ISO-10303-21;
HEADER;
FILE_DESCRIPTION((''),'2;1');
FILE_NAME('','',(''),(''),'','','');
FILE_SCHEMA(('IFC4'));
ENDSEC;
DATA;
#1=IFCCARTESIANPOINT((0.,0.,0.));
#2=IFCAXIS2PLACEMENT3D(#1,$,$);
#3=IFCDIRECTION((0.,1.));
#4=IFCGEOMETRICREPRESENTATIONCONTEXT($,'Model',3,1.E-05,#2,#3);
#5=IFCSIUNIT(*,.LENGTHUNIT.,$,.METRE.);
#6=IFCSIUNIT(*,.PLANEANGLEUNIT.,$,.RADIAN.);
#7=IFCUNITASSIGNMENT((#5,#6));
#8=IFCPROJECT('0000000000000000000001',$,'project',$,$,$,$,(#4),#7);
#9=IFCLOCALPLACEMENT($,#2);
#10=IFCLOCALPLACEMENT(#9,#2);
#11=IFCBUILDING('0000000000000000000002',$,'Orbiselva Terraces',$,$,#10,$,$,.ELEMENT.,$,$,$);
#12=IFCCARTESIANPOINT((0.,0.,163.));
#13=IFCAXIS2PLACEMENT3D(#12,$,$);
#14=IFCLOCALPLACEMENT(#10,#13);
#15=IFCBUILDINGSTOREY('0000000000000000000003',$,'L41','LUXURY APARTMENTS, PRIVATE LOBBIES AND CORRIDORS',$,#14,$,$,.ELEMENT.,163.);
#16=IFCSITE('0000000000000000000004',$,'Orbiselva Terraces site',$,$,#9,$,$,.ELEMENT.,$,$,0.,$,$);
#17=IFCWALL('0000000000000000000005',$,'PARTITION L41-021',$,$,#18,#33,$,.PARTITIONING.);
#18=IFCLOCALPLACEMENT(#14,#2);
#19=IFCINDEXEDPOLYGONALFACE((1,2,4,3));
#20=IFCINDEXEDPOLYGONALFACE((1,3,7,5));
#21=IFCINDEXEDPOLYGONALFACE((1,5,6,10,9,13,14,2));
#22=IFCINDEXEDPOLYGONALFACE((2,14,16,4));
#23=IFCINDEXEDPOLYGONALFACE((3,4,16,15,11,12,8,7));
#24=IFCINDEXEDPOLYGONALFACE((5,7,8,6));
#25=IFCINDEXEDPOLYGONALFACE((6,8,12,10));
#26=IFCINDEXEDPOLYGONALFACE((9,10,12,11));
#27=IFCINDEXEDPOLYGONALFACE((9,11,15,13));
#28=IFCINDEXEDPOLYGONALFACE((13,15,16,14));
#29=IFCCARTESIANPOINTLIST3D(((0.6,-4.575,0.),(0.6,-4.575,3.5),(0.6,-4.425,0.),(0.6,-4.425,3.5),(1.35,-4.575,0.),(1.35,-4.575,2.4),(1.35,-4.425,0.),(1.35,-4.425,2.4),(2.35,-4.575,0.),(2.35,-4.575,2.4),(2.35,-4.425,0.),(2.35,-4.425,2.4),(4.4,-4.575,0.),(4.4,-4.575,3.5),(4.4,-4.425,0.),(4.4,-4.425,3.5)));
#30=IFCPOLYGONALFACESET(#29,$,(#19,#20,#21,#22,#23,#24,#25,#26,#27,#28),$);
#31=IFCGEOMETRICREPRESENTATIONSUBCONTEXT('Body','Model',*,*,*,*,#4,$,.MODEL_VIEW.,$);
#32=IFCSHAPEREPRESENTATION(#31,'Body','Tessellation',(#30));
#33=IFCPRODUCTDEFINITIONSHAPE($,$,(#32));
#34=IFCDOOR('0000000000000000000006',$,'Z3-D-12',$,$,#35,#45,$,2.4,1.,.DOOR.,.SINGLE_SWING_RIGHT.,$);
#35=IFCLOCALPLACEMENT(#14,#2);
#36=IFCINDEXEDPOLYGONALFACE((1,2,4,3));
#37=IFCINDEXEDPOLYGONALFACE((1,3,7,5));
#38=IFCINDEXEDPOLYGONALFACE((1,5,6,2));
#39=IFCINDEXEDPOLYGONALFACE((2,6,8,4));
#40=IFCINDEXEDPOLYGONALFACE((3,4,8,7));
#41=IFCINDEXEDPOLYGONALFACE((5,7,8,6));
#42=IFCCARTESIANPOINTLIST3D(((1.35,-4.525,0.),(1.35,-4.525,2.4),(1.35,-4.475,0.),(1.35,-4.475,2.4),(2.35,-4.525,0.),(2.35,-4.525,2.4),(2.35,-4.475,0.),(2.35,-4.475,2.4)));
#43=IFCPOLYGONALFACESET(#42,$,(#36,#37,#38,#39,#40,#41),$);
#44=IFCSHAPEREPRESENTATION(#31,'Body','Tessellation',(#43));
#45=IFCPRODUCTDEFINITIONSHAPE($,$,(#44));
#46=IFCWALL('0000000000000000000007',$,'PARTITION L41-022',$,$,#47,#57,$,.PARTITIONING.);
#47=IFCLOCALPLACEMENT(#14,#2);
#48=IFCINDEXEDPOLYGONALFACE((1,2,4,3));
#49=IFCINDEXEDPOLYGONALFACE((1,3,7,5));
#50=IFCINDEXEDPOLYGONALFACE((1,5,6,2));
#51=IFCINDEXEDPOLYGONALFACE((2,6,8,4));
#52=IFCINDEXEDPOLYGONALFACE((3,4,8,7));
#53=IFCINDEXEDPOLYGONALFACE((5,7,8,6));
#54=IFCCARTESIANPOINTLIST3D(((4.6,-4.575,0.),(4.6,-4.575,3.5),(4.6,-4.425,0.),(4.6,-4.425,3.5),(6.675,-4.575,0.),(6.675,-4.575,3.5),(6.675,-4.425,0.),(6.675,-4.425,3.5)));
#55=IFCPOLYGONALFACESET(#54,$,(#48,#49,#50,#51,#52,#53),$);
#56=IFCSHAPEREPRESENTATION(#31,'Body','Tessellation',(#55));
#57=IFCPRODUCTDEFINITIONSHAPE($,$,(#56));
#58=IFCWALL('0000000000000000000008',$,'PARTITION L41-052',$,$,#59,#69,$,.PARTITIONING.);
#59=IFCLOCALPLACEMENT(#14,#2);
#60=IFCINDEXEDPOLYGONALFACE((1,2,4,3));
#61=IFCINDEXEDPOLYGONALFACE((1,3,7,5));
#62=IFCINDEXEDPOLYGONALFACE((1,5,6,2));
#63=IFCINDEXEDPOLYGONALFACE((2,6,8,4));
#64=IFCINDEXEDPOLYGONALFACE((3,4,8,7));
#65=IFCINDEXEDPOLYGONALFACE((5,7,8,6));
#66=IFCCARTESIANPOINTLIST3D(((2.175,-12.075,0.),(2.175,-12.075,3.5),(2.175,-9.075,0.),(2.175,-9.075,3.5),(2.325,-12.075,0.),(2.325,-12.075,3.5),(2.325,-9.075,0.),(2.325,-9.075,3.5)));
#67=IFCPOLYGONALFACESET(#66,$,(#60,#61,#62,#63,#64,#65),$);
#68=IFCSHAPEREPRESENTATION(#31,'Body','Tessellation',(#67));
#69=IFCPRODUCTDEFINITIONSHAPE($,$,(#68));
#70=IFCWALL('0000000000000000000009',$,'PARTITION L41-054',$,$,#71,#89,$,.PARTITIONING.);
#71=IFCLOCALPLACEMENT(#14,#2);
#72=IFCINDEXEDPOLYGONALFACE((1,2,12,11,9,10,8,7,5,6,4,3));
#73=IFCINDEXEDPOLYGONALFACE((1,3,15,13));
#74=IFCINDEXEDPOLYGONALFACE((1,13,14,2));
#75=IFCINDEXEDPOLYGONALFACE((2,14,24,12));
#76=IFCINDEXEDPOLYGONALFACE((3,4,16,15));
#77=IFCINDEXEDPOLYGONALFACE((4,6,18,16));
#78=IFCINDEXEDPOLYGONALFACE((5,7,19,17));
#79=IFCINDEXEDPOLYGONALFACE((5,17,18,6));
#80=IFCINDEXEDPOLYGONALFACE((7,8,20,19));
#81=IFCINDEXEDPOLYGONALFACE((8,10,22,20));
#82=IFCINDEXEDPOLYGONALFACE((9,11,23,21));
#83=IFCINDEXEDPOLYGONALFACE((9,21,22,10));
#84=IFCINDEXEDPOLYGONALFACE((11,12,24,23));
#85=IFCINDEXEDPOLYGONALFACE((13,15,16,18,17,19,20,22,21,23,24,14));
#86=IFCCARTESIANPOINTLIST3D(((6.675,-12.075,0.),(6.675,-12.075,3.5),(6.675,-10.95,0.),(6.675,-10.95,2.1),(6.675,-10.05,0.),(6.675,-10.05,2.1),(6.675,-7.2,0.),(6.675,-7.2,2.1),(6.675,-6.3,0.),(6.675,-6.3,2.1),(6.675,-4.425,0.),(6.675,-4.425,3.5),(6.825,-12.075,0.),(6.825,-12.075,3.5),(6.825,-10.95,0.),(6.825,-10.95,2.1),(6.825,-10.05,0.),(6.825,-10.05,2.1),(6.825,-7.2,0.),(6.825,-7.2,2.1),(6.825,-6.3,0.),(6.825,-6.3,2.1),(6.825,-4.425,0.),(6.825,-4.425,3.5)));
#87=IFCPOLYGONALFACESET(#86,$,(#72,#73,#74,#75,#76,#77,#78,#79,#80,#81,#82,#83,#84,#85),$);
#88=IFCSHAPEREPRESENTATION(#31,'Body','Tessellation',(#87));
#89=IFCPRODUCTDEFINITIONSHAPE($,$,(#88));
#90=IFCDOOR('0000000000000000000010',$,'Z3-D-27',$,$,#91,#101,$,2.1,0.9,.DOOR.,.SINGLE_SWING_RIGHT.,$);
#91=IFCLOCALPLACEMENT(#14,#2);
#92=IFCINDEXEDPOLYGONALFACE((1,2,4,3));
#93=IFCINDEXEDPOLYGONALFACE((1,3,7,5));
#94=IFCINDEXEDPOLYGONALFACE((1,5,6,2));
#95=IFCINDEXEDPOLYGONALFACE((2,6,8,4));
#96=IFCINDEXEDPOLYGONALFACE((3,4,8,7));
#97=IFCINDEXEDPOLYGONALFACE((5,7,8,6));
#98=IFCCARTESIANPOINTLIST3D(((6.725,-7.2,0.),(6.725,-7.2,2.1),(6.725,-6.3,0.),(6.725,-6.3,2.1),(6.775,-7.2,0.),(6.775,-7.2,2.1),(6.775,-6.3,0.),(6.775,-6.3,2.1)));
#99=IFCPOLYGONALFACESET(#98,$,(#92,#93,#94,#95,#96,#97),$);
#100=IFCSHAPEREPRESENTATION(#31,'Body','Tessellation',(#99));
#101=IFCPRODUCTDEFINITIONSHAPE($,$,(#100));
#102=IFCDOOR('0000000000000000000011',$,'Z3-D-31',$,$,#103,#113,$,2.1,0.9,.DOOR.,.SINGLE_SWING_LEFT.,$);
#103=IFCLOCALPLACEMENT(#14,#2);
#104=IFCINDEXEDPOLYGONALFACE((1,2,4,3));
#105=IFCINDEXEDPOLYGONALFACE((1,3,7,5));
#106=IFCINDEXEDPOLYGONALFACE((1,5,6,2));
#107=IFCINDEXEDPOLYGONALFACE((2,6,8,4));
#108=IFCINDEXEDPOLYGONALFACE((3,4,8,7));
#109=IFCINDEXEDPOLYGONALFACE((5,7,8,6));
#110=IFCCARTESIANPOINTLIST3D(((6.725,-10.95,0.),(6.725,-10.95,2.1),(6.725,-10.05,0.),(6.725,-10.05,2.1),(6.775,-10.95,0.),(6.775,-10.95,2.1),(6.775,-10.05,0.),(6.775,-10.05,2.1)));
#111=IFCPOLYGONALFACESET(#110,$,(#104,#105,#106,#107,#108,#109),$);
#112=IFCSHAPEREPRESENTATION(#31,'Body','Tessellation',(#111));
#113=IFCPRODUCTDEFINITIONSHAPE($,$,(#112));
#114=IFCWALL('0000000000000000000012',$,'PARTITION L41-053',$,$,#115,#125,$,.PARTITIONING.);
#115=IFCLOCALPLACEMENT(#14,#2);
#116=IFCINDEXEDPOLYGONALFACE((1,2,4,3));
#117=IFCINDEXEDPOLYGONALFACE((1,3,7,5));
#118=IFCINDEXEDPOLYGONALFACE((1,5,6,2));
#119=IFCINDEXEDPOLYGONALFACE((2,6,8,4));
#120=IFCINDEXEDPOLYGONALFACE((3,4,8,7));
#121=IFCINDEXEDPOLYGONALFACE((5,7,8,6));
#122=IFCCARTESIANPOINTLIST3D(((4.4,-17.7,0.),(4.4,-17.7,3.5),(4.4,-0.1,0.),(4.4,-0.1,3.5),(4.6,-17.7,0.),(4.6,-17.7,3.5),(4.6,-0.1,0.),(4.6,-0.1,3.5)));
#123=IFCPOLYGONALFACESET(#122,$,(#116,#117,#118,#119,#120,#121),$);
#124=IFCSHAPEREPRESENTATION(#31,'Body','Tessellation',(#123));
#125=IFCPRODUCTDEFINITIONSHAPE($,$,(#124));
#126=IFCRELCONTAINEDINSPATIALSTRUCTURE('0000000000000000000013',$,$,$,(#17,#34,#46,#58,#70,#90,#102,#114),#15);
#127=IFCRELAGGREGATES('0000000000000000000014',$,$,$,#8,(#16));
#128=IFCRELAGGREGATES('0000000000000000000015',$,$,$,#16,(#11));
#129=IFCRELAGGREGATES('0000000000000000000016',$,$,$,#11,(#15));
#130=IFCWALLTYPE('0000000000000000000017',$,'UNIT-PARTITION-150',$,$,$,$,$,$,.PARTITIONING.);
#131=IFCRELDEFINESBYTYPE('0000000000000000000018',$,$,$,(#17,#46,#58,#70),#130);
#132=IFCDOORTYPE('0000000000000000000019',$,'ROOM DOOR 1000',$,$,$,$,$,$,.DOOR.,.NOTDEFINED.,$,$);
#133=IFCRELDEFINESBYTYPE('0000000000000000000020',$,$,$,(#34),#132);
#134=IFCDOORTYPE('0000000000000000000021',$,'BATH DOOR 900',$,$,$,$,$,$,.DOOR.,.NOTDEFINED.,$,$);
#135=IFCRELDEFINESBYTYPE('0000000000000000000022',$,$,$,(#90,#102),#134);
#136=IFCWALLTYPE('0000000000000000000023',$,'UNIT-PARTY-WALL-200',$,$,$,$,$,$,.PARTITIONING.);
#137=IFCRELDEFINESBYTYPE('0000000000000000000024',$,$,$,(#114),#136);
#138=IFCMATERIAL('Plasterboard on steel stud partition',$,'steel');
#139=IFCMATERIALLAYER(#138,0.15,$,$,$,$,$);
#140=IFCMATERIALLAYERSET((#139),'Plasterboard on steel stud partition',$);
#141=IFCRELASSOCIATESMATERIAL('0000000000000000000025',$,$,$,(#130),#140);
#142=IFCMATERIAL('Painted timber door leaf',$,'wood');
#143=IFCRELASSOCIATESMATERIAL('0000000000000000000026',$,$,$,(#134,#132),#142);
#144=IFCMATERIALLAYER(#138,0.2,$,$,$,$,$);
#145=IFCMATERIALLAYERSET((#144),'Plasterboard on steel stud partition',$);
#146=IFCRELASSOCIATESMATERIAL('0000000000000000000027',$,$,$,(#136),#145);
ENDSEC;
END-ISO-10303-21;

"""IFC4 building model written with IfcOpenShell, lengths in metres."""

from ifc_helpers import new_model, si_unit, direction, frame, frame_2d, origin, place, context, subcontext, project, spatial, rectangle, extrude, material, layer, layer_set, type_object, element, fill, save


model = new_model("IFC4")

# Units and contexts
model_context = context("Model", 3, precision=1e-05, world=origin(), true_north=direction((0.0, 1.0)))
body_context = subcontext(model_context, "Body", "Model", "MODEL_VIEW")
ifc_project = project(units=[si_unit("LENGTHUNIT", "METRE"), si_unit("PLANEANGLEUNIT", "RADIAN")], contexts=[model_context])

# Site, building, storey
site_placement = place(None, origin())
site = spatial("IfcSite", under=ifc_project, at=site_placement, Name="Orbiselva Terraces site", CompositionType="ELEMENT", RefElevation=0.0)
building_placement = place(site_placement, origin())
building = spatial("IfcBuilding", under=site, at=building_placement, Name="Orbiselva Terraces", CompositionType="ELEMENT")
storey_placement = place(building_placement, frame((0.0, 0.0, 163.0)))
storey = spatial("IfcBuildingStorey", under=building, at=storey_placement, Name="L41", Description="LUXURY APARTMENTS, PRIVATE LOBBIES AND CORRIDORS", CompositionType="ELEMENT", Elevation=163.0)

# Shared definitions
ifc_material_1 = material(Name="Plasterboard on steel stud partition", Category="steel")
ifc_layer_1 = layer(ifc_material_1, 0.15)
ifc_layer_set_1 = layer_set([ifc_layer_1], Name="Plasterboard on steel stud partition")
wall_type_1 = type_object("IfcWallType", Name="UNIT-PARTITION-150", PredefinedType="PARTITIONING", material=ifc_layer_set_1)
ifc_material_2 = material(Name="Painted timber door leaf", Category="wood")
door_type_1 = type_object("IfcDoorType", Name="BATH DOOR 900", OperationType="NOTDEFINED", PredefinedType="DOOR", material=ifc_material_2)

# Wall, opening, door
door_type_2 = type_object("IfcDoorType", Name="ROOM DOOR 1000", OperationType="NOTDEFINED", PredefinedType="DOOR", material=ifc_material_2)
wall_1_placement = place(storey_placement, frame((4.4, -4.5, 0.0), z_axis=(0.0, 0.0, 1.0), x_axis=(-1.0, 0.0, 0.0)))
wall_1 = element("IfcWall", 1, at=wall_1_placement, inside=storey, type_object=wall_type_1, Name="PARTITION L41-021", PredefinedType="PARTITIONING", context=body_context, shape_type="SweptSolid", body=[
    extrude(rectangle(XDim=3.8, YDim=0.15, at=frame_2d((1.9, 0.0))), origin(), (0.0, 0.0, 1.0), 3.5),
])
opening_1_placement = place(wall_1_placement, frame((2.05, 0.0, 0.0)))
opening_1 = element("IfcOpeningElement", 2, at=opening_1_placement, cuts=wall_1, PredefinedType="OPENING", context=body_context, shape_type="SweptSolid", body=[
    extrude(rectangle(XDim=1.0, YDim=2.4, at=frame_2d((0.5, 1.2))), frame((0.0, 0.085, 0.0), z_axis=(0.0, -1.0, 0.0), x_axis=(1.0, 0.0, 0.0)), (0.0, 0.0, 1.0), 0.17),
])
door_1_placement = place(opening_1_placement, origin())
door_1 = element("IfcDoor", 3, at=door_1_placement, inside=storey, type_object=door_type_2, Name="Z3-D-12", OperationType="SINGLE_SWING_RIGHT", OverallHeight=2.4, OverallWidth=1.0, PredefinedType="DOOR", context=body_context, shape_type="SweptSolid", body=[
    extrude(rectangle(XDim=1.0, YDim=2.4, at=frame_2d((0.5, 1.2))), frame((0.0, 0.025, 0.0), z_axis=(0.0, -1.0, 0.0), x_axis=(1.0, 0.0, 0.0)), (0.0, 0.0, 1.0), 0.05),
])
fill(opening_1, door_1)

# Walls
wall_2_placement = place(storey_placement, frame((4.6, -4.5, 0.0), z_axis=(0.0, 0.0, 1.0), x_axis=(1.0, 0.0, 0.0)))
element("IfcWall", 4, at=wall_2_placement, inside=storey, type_object=wall_type_1, Name="PARTITION L41-022", PredefinedType="PARTITIONING", context=body_context, shape_type="SweptSolid", body=[
    extrude(rectangle(XDim=2.075, YDim=0.15, at=frame_2d((1.0375, 0.0))), origin(), (0.0, 0.0, 1.0), 3.5),
])
wall_3_placement = place(storey_placement, frame((2.25, -12.075, 0.0), z_axis=(0.0, 0.0, 1.0), x_axis=(0.0, 1.0, 0.0)))
element("IfcWall", 5, at=wall_3_placement, inside=storey, type_object=wall_type_1, Name="PARTITION L41-052", PredefinedType="PARTITIONING", context=body_context, shape_type="SweptSolid", body=[
    extrude(rectangle(XDim=3.0, YDim=0.15, at=frame_2d((1.5, 0.0))), origin(), (0.0, 0.0, 1.0), 3.5),
])

# Wall, openings, doors
wall_4_placement = place(storey_placement, frame((6.75, -12.075, 0.0), z_axis=(0.0, 0.0, 1.0), x_axis=(0.0, 1.0, 0.0)))
wall_4 = element("IfcWall", 6, at=wall_4_placement, inside=storey, type_object=wall_type_1, Name="PARTITION L41-054", PredefinedType="PARTITIONING", context=body_context, shape_type="SweptSolid", body=[
    extrude(rectangle(XDim=7.65, YDim=0.15, at=frame_2d((3.825, 0.0))), origin(), (0.0, 0.0, 1.0), 3.5),
])
opening_2_placement = place(wall_4_placement, frame((4.875, 0.0, 0.0)))
opening_2 = element("IfcOpeningElement", 7, at=opening_2_placement, cuts=wall_4, PredefinedType="OPENING", context=body_context, shape_type="SweptSolid", body=[
    extrude(rectangle(XDim=0.9, YDim=2.1, at=frame_2d((0.45, 1.05))), frame((0.0, 0.085, 0.0), z_axis=(0.0, -1.0, 0.0), x_axis=(1.0, 0.0, 0.0)), (0.0, 0.0, 1.0), 0.17),
])
opening_3_placement = place(wall_4_placement, frame((1.125, 0.0, 0.0)))
opening_3 = element("IfcOpeningElement", 8, at=opening_3_placement, cuts=wall_4, PredefinedType="OPENING", context=body_context, shape_type="SweptSolid", body=[
    extrude(rectangle(XDim=0.9, YDim=2.1, at=frame_2d((0.45, 1.05))), frame((0.0, 0.085, 0.0), z_axis=(0.0, -1.0, 0.0), x_axis=(1.0, 0.0, 0.0)), (0.0, 0.0, 1.0), 0.17),
])
door_2_placement = place(opening_2_placement, origin())
door_2 = element("IfcDoor", 9, at=door_2_placement, inside=storey, type_object=door_type_1, Name="Z3-D-27", OperationType="SINGLE_SWING_RIGHT", OverallHeight=2.1, OverallWidth=0.9, PredefinedType="DOOR", context=body_context, shape_type="SweptSolid", body=[
    extrude(rectangle(XDim=0.9, YDim=2.1, at=frame_2d((0.45, 1.05))), frame((0.0, 0.025, 0.0), z_axis=(0.0, -1.0, 0.0), x_axis=(1.0, 0.0, 0.0)), (0.0, 0.0, 1.0), 0.05),
])
fill(opening_2, door_2)
door_3_placement = place(opening_3_placement, origin())
door_3 = element("IfcDoor", 10, at=door_3_placement, inside=storey, type_object=door_type_1, Name="Z3-D-31", OperationType="SINGLE_SWING_LEFT", OverallHeight=2.1, OverallWidth=0.9, PredefinedType="DOOR", context=body_context, shape_type="SweptSolid", body=[
    extrude(rectangle(XDim=0.9, YDim=2.1, at=frame_2d((0.45, 1.05))), frame((0.0, 0.025, 0.0), z_axis=(0.0, -1.0, 0.0), x_axis=(1.0, 0.0, 0.0)), (0.0, 0.0, 1.0), 0.05),
])
fill(opening_3, door_3)

# Wall
ifc_layer_2 = layer(ifc_material_1, 0.2)
ifc_layer_set_2 = layer_set([ifc_layer_2], Name="Plasterboard on steel stud partition")
wall_type_2 = type_object("IfcWallType", Name="UNIT-PARTY-WALL-200", PredefinedType="PARTITIONING", material=ifc_layer_set_2)
wall_5_placement = place(storey_placement, frame((4.5, -17.7, 0.0), z_axis=(0.0, 0.0, 1.0), x_axis=(0.0, 1.0, 0.0)))
element("IfcWall", 11, at=wall_5_placement, inside=storey, type_object=wall_type_2, Name="PARTITION L41-053", PredefinedType="PARTITIONING", context=body_context, shape_type="SweptSolid", body=[
    extrude(rectangle(XDim=17.6, YDim=0.2, at=frame_2d((8.8, 0.0))), origin(), (0.0, 0.0, 1.0), 3.5),
])

save(model, "model.ifc")
